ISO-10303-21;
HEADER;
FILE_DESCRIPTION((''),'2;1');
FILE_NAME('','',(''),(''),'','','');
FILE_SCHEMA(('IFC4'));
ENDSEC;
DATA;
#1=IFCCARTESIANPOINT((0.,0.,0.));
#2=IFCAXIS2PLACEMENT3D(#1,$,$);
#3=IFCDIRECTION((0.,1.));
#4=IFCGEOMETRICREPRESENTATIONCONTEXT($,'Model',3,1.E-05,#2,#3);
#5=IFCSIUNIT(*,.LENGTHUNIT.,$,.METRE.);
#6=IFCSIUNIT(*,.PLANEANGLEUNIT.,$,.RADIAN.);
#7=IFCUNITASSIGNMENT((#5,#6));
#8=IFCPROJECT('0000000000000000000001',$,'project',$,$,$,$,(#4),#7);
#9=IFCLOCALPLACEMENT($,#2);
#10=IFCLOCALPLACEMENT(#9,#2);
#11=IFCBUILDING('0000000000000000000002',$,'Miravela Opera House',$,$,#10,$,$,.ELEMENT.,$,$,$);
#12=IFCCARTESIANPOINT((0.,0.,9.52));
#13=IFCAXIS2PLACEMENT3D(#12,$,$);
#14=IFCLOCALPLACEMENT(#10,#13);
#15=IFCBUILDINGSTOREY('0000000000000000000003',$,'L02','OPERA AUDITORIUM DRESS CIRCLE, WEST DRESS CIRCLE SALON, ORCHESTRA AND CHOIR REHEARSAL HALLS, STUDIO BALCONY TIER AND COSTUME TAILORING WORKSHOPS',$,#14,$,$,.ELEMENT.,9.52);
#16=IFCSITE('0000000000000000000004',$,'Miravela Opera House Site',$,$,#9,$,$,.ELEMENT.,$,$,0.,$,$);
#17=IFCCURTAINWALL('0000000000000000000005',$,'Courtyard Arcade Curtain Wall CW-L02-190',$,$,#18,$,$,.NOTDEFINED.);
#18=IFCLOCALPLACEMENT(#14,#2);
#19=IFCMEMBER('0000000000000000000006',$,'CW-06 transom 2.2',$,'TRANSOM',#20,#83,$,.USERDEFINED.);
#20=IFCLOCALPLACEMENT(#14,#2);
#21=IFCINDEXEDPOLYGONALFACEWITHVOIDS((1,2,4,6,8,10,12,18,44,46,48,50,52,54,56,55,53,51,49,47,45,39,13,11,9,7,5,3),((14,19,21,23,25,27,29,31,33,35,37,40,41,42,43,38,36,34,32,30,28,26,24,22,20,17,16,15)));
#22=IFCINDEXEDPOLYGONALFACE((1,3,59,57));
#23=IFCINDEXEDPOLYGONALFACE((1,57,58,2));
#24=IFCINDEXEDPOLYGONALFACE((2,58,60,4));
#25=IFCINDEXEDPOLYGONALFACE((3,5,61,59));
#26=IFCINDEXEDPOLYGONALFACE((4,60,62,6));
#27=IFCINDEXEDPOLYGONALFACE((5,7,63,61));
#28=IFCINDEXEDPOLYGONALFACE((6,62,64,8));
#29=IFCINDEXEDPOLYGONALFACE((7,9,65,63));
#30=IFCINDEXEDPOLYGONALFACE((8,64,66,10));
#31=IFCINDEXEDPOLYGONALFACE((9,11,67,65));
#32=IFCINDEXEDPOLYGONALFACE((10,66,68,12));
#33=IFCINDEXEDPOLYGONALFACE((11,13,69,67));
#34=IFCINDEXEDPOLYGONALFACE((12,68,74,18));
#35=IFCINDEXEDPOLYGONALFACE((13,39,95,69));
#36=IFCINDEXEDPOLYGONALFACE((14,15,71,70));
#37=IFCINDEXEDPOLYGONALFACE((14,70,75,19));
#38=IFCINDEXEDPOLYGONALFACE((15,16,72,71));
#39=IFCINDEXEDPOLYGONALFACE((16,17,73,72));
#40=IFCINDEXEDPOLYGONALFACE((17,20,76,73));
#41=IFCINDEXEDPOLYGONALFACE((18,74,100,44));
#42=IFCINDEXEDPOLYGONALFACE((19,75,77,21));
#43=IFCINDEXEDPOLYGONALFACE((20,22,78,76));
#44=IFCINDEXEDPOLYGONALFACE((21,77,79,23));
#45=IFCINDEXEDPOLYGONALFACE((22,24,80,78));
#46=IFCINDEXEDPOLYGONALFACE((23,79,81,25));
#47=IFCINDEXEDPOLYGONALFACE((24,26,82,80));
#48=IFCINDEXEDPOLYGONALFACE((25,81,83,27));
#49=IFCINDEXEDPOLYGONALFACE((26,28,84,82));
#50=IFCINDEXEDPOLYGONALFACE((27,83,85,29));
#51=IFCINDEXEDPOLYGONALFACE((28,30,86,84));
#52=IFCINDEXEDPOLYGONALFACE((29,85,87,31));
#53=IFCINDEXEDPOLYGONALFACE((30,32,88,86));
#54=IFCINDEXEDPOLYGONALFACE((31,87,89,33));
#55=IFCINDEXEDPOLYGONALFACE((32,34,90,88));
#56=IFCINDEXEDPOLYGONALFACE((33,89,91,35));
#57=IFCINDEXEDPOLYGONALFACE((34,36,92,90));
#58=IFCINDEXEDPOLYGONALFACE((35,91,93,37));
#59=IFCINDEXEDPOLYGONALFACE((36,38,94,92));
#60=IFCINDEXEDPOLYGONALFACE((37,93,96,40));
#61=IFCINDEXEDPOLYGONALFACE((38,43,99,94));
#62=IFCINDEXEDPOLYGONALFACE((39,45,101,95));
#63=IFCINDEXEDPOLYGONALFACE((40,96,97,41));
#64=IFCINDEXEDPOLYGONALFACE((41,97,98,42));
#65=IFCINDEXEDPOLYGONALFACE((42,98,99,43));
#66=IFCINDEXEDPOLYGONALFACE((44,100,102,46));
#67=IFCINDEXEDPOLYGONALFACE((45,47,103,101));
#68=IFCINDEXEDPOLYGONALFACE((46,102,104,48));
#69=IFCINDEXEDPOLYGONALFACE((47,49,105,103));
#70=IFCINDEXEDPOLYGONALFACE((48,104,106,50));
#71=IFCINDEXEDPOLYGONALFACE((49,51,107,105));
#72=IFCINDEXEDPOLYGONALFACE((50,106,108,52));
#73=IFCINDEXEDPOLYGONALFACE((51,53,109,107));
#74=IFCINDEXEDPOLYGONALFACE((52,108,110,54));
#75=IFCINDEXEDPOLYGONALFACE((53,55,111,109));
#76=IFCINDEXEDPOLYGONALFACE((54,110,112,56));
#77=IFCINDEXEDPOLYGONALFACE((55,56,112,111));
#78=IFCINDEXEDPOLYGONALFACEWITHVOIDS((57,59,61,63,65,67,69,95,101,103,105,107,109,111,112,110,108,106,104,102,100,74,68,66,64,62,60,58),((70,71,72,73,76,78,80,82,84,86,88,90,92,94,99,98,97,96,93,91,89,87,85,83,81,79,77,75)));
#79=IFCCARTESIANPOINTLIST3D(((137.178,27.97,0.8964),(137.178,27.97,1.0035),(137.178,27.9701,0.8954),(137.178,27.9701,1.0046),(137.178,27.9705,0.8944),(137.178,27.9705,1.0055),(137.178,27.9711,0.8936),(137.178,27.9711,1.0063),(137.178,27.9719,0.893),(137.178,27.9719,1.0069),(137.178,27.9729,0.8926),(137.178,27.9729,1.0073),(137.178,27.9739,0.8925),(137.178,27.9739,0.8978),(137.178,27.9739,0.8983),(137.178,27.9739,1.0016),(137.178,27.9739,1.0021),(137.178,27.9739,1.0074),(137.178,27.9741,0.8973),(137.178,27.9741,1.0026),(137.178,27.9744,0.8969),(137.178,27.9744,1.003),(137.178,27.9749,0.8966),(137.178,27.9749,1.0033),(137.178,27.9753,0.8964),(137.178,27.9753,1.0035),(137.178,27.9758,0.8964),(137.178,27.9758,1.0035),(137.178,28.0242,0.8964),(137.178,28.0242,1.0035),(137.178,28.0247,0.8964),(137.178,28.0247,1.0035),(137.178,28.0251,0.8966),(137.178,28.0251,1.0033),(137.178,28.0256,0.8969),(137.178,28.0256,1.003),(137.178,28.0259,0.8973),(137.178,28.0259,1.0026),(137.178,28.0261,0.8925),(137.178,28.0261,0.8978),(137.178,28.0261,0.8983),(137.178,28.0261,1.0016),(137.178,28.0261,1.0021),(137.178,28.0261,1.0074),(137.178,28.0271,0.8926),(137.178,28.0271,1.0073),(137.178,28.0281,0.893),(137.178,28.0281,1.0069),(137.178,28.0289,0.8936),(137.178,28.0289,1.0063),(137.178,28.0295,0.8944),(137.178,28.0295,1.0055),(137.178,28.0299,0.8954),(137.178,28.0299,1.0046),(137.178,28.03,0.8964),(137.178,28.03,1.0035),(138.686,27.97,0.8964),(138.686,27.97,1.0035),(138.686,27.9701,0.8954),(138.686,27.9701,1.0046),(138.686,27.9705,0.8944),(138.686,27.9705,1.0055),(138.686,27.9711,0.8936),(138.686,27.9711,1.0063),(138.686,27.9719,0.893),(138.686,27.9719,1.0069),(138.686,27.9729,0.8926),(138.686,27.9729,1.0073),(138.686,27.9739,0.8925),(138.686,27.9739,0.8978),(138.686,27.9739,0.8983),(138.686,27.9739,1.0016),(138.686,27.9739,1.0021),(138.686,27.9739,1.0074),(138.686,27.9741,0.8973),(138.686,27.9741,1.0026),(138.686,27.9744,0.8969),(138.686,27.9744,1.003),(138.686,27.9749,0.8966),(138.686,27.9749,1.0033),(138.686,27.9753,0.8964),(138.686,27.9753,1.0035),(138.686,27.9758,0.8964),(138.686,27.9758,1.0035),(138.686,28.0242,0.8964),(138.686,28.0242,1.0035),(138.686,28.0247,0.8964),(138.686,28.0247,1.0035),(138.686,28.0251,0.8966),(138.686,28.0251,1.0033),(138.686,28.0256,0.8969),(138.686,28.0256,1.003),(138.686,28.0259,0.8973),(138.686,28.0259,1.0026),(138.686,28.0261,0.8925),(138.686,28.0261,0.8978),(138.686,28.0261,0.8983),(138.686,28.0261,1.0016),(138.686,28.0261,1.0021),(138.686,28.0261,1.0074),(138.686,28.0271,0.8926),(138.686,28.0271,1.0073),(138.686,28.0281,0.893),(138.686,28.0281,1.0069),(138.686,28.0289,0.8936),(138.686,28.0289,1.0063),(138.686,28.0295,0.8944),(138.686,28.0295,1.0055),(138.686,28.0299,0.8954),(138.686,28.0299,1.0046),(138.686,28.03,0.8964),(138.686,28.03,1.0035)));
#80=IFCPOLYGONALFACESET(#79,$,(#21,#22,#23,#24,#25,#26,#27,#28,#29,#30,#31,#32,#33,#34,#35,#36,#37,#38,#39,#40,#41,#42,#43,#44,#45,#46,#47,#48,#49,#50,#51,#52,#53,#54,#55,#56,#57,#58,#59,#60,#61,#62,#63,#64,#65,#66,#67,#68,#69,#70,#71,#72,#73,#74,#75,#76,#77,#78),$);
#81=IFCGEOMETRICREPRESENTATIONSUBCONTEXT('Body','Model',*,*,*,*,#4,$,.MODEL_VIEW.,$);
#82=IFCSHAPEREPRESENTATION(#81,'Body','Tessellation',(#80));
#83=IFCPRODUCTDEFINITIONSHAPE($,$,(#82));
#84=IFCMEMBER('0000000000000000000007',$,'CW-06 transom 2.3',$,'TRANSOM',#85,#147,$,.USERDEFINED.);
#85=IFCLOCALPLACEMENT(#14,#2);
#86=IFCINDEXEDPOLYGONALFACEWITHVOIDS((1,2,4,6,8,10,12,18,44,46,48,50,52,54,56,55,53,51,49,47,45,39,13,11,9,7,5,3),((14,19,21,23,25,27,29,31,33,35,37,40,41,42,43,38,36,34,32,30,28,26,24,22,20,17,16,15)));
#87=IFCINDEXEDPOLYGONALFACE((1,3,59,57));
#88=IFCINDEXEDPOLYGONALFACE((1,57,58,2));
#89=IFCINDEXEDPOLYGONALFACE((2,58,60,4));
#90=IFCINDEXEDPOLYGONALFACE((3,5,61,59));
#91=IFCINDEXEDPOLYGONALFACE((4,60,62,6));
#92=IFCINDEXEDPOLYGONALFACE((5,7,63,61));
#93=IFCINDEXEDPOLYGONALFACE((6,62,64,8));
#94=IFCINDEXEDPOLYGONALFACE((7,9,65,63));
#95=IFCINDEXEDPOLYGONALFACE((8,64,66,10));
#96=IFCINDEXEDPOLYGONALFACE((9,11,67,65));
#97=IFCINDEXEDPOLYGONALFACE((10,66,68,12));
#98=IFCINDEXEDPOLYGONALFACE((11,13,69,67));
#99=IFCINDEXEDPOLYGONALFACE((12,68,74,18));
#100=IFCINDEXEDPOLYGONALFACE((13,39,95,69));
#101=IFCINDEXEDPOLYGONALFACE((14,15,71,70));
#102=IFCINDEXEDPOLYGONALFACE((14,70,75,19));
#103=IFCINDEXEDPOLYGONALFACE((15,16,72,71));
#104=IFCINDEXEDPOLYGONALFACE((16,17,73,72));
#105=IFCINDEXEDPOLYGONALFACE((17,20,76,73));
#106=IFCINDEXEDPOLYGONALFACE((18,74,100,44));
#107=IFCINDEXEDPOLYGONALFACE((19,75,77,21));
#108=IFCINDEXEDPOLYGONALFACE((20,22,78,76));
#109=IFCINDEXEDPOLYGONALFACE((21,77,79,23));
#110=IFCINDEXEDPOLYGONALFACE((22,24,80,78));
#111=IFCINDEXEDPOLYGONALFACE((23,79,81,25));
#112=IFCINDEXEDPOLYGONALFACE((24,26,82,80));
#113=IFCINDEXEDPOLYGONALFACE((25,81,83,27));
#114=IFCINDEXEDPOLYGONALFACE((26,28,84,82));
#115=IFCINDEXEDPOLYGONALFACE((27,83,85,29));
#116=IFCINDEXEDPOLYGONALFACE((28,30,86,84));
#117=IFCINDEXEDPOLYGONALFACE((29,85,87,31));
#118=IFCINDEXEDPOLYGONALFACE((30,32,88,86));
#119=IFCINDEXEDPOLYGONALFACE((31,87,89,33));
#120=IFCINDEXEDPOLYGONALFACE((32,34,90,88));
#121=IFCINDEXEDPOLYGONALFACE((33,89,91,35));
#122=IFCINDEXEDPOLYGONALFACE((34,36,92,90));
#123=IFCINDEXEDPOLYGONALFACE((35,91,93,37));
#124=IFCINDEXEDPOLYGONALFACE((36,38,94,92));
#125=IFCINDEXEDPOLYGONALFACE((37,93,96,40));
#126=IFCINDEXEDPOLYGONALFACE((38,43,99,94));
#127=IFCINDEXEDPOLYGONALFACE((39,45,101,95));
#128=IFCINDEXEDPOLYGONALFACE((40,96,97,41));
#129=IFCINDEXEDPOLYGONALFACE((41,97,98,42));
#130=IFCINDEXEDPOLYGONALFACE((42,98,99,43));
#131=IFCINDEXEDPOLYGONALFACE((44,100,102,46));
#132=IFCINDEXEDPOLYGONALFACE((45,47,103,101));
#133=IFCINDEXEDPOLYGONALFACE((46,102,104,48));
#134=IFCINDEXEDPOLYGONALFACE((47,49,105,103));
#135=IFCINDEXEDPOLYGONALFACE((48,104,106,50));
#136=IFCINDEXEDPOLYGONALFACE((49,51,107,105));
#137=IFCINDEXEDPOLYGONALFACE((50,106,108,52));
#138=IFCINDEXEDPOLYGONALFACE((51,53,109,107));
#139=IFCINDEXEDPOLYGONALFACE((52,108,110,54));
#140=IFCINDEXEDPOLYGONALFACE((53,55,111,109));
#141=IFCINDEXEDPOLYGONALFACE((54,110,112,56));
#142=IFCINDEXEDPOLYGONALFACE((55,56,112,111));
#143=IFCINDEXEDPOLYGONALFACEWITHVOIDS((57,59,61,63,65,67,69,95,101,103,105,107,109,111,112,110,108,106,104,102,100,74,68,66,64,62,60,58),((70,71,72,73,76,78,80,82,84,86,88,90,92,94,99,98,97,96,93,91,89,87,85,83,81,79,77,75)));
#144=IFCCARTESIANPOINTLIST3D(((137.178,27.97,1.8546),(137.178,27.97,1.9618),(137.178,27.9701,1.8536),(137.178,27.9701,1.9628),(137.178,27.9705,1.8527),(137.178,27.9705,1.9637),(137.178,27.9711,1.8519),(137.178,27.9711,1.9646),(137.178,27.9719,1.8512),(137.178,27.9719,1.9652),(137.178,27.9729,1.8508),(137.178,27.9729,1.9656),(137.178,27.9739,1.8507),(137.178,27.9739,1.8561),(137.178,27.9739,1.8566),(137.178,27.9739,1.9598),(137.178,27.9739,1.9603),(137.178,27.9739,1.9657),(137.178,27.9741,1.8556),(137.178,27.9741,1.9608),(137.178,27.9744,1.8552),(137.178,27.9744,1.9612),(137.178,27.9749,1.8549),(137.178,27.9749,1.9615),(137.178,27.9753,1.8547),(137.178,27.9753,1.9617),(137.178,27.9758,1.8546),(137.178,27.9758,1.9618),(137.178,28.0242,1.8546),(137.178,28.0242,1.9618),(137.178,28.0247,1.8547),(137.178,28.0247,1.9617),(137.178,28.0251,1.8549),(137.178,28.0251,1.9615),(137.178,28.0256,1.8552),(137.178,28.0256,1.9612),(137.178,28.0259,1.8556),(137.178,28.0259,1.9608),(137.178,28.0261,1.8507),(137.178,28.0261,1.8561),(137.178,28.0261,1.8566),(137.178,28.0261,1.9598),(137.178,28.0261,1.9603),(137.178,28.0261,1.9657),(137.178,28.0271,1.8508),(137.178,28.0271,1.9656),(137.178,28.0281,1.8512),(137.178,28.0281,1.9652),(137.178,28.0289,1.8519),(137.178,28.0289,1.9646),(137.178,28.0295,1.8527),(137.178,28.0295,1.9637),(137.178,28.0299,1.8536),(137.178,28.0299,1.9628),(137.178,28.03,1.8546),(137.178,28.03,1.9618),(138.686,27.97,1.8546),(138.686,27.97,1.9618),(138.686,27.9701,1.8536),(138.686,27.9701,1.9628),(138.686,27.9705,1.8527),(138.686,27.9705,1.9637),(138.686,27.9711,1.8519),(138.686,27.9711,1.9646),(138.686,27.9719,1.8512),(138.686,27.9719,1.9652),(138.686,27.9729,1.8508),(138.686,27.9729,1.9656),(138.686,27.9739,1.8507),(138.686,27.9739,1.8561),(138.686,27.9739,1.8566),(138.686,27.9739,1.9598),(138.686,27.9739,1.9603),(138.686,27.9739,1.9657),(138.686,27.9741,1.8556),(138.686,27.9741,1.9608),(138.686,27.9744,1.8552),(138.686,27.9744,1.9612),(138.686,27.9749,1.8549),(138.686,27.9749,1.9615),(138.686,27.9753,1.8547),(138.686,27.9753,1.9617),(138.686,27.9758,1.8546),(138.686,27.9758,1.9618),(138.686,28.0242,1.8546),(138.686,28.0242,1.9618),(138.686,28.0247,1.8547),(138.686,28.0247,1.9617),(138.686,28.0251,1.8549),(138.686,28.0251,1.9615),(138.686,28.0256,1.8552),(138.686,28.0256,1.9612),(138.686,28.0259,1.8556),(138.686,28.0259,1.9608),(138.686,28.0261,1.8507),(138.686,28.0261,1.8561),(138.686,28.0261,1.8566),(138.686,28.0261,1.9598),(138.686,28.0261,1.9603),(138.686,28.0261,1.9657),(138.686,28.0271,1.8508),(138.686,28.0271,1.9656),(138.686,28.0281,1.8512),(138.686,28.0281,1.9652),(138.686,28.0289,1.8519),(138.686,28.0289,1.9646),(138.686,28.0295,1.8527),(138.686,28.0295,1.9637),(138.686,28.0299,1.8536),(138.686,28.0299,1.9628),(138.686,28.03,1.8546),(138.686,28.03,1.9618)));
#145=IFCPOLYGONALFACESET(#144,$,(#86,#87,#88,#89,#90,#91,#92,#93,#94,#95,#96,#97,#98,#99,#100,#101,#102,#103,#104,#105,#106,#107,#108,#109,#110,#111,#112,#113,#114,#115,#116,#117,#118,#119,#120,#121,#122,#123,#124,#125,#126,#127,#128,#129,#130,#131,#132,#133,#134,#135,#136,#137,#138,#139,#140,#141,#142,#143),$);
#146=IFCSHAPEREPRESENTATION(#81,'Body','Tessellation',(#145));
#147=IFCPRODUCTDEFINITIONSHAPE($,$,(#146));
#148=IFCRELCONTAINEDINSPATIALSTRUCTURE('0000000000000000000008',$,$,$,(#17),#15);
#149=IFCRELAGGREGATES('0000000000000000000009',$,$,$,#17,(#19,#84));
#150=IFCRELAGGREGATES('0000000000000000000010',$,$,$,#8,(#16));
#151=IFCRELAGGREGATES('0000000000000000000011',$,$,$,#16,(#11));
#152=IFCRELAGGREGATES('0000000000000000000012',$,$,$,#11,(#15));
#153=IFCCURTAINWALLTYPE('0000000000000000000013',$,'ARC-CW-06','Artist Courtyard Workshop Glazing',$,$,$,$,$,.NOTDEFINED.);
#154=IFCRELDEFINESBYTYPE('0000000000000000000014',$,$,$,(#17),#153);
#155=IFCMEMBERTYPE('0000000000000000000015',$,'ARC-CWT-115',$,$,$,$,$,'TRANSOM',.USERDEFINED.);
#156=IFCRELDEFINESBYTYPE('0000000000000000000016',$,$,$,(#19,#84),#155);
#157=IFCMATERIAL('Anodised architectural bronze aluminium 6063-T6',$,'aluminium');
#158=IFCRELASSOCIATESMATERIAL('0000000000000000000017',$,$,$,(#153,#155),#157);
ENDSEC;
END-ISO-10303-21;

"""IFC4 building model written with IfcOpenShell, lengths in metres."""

from ifc_helpers import new_model, si_unit, direction, frame, origin, origin_2d, place, context, subcontext, project, spatial, hollow_rectangle, extrude, material, material_profile, profile_set, type_object, element, aggregate, save


model = new_model("IFC4")

# Units and contexts
model_context = context("Model", 3, precision=1e-05, world=origin(), true_north=direction((0.0, 1.0)))
body_context = subcontext(model_context, "Body", "Model", "MODEL_VIEW")
ifc_project = project(units=[si_unit("LENGTHUNIT", "METRE"), si_unit("PLANEANGLEUNIT", "RADIAN")], contexts=[model_context])

# Site, building, storey
site_placement = place(None, origin())
site = spatial("IfcSite", under=ifc_project, at=site_placement, Name="Miravela Opera House Site", CompositionType="ELEMENT", RefElevation=0.0)
building_placement = place(site_placement, origin())
building = spatial("IfcBuilding", under=site, at=building_placement, Name="Miravela Opera House", CompositionType="ELEMENT")
storey_placement = place(building_placement, frame((0.0, 0.0, 9.52)))
storey = spatial("IfcBuildingStorey", under=building, at=storey_placement, Name="L02", Description="OPERA AUDITORIUM DRESS CIRCLE, WEST DRESS CIRCLE SALON, ORCHESTRA AND CHOIR REHEARSAL HALLS, STUDIO BALCONY TIER AND COSTUME TAILORING WORKSHOPS", CompositionType="ELEMENT", Elevation=9.52)

# Curtain wall, members
ifc_material_1 = material(Name="Anodised architectural bronze aluminium 6063-T6", Category="aluminium")
curtain_wall_type = type_object("IfcCurtainWallType", Name="ARC-CW-06", Description="Artist Courtyard Workshop Glazing", PredefinedType="NOTDEFINED", material=ifc_material_1)
curtain_wall_placement = place(storey_placement, origin())
curtain_wall = element("IfcCurtainWall", 1, at=curtain_wall_placement, inside=storey, type_object=curtain_wall_type, Name="Courtyard Arcade Curtain Wall CW-L02-190", PredefinedType="NOTDEFINED")
ifc_material_profile_1 = material_profile(ifc_material_1, hollow_rectangle(XDim=0.0601, YDim=0.115, WallThickness=0.0039, InnerFilletRadius=0.002, OuterFilletRadius=0.0039, at=origin_2d()), Name="CWT-60X115")
ifc_profile_set_1 = profile_set([ifc_material_profile_1])
member_type_1 = type_object("IfcMemberType", Name="ARC-CWT-115", ElementType="TRANSOM", PredefinedType="USERDEFINED", material=ifc_profile_set_1)
member_1_placement = place(storey_placement, frame((137.178, 28.0, 0.95), z_axis=(1.0, 0.0, 0.0), x_axis=(0.0, 1.0, 0.0)))
member_1 = element("IfcMember", 2, at=member_1_placement, type_object=member_type_1, Name="CW-06 transom 2.2", ObjectType="TRANSOM", PredefinedType="USERDEFINED", context=body_context, shape_type="SweptSolid", body=[
    extrude(hollow_rectangle(XDim=0.0601, YDim=0.115, WallThickness=0.0039, InnerFilletRadius=0.002, OuterFilletRadius=0.0039, at=origin_2d()), origin(), (0.0, 0.0, 1.0), 1.5081),
])
member_2_placement = place(storey_placement, frame((137.178, 28.0, 1.9082), z_axis=(1.0, 0.0, 0.0), x_axis=(0.0, 1.0, 0.0)))
member_2 = element("IfcMember", 3, at=member_2_placement, type_object=member_type_1, Name="CW-06 transom 2.3", ObjectType="TRANSOM", PredefinedType="USERDEFINED", context=body_context, shape_type="SweptSolid", body=[
    extrude(hollow_rectangle(XDim=0.0601, YDim=0.115, WallThickness=0.0039, InnerFilletRadius=0.002, OuterFilletRadius=0.0039, at=origin_2d()), origin(), (0.0, 0.0, 1.0), 1.5081),
])

aggregate(curtain_wall, [member_1, member_2])

save(model, "model.ifc")
